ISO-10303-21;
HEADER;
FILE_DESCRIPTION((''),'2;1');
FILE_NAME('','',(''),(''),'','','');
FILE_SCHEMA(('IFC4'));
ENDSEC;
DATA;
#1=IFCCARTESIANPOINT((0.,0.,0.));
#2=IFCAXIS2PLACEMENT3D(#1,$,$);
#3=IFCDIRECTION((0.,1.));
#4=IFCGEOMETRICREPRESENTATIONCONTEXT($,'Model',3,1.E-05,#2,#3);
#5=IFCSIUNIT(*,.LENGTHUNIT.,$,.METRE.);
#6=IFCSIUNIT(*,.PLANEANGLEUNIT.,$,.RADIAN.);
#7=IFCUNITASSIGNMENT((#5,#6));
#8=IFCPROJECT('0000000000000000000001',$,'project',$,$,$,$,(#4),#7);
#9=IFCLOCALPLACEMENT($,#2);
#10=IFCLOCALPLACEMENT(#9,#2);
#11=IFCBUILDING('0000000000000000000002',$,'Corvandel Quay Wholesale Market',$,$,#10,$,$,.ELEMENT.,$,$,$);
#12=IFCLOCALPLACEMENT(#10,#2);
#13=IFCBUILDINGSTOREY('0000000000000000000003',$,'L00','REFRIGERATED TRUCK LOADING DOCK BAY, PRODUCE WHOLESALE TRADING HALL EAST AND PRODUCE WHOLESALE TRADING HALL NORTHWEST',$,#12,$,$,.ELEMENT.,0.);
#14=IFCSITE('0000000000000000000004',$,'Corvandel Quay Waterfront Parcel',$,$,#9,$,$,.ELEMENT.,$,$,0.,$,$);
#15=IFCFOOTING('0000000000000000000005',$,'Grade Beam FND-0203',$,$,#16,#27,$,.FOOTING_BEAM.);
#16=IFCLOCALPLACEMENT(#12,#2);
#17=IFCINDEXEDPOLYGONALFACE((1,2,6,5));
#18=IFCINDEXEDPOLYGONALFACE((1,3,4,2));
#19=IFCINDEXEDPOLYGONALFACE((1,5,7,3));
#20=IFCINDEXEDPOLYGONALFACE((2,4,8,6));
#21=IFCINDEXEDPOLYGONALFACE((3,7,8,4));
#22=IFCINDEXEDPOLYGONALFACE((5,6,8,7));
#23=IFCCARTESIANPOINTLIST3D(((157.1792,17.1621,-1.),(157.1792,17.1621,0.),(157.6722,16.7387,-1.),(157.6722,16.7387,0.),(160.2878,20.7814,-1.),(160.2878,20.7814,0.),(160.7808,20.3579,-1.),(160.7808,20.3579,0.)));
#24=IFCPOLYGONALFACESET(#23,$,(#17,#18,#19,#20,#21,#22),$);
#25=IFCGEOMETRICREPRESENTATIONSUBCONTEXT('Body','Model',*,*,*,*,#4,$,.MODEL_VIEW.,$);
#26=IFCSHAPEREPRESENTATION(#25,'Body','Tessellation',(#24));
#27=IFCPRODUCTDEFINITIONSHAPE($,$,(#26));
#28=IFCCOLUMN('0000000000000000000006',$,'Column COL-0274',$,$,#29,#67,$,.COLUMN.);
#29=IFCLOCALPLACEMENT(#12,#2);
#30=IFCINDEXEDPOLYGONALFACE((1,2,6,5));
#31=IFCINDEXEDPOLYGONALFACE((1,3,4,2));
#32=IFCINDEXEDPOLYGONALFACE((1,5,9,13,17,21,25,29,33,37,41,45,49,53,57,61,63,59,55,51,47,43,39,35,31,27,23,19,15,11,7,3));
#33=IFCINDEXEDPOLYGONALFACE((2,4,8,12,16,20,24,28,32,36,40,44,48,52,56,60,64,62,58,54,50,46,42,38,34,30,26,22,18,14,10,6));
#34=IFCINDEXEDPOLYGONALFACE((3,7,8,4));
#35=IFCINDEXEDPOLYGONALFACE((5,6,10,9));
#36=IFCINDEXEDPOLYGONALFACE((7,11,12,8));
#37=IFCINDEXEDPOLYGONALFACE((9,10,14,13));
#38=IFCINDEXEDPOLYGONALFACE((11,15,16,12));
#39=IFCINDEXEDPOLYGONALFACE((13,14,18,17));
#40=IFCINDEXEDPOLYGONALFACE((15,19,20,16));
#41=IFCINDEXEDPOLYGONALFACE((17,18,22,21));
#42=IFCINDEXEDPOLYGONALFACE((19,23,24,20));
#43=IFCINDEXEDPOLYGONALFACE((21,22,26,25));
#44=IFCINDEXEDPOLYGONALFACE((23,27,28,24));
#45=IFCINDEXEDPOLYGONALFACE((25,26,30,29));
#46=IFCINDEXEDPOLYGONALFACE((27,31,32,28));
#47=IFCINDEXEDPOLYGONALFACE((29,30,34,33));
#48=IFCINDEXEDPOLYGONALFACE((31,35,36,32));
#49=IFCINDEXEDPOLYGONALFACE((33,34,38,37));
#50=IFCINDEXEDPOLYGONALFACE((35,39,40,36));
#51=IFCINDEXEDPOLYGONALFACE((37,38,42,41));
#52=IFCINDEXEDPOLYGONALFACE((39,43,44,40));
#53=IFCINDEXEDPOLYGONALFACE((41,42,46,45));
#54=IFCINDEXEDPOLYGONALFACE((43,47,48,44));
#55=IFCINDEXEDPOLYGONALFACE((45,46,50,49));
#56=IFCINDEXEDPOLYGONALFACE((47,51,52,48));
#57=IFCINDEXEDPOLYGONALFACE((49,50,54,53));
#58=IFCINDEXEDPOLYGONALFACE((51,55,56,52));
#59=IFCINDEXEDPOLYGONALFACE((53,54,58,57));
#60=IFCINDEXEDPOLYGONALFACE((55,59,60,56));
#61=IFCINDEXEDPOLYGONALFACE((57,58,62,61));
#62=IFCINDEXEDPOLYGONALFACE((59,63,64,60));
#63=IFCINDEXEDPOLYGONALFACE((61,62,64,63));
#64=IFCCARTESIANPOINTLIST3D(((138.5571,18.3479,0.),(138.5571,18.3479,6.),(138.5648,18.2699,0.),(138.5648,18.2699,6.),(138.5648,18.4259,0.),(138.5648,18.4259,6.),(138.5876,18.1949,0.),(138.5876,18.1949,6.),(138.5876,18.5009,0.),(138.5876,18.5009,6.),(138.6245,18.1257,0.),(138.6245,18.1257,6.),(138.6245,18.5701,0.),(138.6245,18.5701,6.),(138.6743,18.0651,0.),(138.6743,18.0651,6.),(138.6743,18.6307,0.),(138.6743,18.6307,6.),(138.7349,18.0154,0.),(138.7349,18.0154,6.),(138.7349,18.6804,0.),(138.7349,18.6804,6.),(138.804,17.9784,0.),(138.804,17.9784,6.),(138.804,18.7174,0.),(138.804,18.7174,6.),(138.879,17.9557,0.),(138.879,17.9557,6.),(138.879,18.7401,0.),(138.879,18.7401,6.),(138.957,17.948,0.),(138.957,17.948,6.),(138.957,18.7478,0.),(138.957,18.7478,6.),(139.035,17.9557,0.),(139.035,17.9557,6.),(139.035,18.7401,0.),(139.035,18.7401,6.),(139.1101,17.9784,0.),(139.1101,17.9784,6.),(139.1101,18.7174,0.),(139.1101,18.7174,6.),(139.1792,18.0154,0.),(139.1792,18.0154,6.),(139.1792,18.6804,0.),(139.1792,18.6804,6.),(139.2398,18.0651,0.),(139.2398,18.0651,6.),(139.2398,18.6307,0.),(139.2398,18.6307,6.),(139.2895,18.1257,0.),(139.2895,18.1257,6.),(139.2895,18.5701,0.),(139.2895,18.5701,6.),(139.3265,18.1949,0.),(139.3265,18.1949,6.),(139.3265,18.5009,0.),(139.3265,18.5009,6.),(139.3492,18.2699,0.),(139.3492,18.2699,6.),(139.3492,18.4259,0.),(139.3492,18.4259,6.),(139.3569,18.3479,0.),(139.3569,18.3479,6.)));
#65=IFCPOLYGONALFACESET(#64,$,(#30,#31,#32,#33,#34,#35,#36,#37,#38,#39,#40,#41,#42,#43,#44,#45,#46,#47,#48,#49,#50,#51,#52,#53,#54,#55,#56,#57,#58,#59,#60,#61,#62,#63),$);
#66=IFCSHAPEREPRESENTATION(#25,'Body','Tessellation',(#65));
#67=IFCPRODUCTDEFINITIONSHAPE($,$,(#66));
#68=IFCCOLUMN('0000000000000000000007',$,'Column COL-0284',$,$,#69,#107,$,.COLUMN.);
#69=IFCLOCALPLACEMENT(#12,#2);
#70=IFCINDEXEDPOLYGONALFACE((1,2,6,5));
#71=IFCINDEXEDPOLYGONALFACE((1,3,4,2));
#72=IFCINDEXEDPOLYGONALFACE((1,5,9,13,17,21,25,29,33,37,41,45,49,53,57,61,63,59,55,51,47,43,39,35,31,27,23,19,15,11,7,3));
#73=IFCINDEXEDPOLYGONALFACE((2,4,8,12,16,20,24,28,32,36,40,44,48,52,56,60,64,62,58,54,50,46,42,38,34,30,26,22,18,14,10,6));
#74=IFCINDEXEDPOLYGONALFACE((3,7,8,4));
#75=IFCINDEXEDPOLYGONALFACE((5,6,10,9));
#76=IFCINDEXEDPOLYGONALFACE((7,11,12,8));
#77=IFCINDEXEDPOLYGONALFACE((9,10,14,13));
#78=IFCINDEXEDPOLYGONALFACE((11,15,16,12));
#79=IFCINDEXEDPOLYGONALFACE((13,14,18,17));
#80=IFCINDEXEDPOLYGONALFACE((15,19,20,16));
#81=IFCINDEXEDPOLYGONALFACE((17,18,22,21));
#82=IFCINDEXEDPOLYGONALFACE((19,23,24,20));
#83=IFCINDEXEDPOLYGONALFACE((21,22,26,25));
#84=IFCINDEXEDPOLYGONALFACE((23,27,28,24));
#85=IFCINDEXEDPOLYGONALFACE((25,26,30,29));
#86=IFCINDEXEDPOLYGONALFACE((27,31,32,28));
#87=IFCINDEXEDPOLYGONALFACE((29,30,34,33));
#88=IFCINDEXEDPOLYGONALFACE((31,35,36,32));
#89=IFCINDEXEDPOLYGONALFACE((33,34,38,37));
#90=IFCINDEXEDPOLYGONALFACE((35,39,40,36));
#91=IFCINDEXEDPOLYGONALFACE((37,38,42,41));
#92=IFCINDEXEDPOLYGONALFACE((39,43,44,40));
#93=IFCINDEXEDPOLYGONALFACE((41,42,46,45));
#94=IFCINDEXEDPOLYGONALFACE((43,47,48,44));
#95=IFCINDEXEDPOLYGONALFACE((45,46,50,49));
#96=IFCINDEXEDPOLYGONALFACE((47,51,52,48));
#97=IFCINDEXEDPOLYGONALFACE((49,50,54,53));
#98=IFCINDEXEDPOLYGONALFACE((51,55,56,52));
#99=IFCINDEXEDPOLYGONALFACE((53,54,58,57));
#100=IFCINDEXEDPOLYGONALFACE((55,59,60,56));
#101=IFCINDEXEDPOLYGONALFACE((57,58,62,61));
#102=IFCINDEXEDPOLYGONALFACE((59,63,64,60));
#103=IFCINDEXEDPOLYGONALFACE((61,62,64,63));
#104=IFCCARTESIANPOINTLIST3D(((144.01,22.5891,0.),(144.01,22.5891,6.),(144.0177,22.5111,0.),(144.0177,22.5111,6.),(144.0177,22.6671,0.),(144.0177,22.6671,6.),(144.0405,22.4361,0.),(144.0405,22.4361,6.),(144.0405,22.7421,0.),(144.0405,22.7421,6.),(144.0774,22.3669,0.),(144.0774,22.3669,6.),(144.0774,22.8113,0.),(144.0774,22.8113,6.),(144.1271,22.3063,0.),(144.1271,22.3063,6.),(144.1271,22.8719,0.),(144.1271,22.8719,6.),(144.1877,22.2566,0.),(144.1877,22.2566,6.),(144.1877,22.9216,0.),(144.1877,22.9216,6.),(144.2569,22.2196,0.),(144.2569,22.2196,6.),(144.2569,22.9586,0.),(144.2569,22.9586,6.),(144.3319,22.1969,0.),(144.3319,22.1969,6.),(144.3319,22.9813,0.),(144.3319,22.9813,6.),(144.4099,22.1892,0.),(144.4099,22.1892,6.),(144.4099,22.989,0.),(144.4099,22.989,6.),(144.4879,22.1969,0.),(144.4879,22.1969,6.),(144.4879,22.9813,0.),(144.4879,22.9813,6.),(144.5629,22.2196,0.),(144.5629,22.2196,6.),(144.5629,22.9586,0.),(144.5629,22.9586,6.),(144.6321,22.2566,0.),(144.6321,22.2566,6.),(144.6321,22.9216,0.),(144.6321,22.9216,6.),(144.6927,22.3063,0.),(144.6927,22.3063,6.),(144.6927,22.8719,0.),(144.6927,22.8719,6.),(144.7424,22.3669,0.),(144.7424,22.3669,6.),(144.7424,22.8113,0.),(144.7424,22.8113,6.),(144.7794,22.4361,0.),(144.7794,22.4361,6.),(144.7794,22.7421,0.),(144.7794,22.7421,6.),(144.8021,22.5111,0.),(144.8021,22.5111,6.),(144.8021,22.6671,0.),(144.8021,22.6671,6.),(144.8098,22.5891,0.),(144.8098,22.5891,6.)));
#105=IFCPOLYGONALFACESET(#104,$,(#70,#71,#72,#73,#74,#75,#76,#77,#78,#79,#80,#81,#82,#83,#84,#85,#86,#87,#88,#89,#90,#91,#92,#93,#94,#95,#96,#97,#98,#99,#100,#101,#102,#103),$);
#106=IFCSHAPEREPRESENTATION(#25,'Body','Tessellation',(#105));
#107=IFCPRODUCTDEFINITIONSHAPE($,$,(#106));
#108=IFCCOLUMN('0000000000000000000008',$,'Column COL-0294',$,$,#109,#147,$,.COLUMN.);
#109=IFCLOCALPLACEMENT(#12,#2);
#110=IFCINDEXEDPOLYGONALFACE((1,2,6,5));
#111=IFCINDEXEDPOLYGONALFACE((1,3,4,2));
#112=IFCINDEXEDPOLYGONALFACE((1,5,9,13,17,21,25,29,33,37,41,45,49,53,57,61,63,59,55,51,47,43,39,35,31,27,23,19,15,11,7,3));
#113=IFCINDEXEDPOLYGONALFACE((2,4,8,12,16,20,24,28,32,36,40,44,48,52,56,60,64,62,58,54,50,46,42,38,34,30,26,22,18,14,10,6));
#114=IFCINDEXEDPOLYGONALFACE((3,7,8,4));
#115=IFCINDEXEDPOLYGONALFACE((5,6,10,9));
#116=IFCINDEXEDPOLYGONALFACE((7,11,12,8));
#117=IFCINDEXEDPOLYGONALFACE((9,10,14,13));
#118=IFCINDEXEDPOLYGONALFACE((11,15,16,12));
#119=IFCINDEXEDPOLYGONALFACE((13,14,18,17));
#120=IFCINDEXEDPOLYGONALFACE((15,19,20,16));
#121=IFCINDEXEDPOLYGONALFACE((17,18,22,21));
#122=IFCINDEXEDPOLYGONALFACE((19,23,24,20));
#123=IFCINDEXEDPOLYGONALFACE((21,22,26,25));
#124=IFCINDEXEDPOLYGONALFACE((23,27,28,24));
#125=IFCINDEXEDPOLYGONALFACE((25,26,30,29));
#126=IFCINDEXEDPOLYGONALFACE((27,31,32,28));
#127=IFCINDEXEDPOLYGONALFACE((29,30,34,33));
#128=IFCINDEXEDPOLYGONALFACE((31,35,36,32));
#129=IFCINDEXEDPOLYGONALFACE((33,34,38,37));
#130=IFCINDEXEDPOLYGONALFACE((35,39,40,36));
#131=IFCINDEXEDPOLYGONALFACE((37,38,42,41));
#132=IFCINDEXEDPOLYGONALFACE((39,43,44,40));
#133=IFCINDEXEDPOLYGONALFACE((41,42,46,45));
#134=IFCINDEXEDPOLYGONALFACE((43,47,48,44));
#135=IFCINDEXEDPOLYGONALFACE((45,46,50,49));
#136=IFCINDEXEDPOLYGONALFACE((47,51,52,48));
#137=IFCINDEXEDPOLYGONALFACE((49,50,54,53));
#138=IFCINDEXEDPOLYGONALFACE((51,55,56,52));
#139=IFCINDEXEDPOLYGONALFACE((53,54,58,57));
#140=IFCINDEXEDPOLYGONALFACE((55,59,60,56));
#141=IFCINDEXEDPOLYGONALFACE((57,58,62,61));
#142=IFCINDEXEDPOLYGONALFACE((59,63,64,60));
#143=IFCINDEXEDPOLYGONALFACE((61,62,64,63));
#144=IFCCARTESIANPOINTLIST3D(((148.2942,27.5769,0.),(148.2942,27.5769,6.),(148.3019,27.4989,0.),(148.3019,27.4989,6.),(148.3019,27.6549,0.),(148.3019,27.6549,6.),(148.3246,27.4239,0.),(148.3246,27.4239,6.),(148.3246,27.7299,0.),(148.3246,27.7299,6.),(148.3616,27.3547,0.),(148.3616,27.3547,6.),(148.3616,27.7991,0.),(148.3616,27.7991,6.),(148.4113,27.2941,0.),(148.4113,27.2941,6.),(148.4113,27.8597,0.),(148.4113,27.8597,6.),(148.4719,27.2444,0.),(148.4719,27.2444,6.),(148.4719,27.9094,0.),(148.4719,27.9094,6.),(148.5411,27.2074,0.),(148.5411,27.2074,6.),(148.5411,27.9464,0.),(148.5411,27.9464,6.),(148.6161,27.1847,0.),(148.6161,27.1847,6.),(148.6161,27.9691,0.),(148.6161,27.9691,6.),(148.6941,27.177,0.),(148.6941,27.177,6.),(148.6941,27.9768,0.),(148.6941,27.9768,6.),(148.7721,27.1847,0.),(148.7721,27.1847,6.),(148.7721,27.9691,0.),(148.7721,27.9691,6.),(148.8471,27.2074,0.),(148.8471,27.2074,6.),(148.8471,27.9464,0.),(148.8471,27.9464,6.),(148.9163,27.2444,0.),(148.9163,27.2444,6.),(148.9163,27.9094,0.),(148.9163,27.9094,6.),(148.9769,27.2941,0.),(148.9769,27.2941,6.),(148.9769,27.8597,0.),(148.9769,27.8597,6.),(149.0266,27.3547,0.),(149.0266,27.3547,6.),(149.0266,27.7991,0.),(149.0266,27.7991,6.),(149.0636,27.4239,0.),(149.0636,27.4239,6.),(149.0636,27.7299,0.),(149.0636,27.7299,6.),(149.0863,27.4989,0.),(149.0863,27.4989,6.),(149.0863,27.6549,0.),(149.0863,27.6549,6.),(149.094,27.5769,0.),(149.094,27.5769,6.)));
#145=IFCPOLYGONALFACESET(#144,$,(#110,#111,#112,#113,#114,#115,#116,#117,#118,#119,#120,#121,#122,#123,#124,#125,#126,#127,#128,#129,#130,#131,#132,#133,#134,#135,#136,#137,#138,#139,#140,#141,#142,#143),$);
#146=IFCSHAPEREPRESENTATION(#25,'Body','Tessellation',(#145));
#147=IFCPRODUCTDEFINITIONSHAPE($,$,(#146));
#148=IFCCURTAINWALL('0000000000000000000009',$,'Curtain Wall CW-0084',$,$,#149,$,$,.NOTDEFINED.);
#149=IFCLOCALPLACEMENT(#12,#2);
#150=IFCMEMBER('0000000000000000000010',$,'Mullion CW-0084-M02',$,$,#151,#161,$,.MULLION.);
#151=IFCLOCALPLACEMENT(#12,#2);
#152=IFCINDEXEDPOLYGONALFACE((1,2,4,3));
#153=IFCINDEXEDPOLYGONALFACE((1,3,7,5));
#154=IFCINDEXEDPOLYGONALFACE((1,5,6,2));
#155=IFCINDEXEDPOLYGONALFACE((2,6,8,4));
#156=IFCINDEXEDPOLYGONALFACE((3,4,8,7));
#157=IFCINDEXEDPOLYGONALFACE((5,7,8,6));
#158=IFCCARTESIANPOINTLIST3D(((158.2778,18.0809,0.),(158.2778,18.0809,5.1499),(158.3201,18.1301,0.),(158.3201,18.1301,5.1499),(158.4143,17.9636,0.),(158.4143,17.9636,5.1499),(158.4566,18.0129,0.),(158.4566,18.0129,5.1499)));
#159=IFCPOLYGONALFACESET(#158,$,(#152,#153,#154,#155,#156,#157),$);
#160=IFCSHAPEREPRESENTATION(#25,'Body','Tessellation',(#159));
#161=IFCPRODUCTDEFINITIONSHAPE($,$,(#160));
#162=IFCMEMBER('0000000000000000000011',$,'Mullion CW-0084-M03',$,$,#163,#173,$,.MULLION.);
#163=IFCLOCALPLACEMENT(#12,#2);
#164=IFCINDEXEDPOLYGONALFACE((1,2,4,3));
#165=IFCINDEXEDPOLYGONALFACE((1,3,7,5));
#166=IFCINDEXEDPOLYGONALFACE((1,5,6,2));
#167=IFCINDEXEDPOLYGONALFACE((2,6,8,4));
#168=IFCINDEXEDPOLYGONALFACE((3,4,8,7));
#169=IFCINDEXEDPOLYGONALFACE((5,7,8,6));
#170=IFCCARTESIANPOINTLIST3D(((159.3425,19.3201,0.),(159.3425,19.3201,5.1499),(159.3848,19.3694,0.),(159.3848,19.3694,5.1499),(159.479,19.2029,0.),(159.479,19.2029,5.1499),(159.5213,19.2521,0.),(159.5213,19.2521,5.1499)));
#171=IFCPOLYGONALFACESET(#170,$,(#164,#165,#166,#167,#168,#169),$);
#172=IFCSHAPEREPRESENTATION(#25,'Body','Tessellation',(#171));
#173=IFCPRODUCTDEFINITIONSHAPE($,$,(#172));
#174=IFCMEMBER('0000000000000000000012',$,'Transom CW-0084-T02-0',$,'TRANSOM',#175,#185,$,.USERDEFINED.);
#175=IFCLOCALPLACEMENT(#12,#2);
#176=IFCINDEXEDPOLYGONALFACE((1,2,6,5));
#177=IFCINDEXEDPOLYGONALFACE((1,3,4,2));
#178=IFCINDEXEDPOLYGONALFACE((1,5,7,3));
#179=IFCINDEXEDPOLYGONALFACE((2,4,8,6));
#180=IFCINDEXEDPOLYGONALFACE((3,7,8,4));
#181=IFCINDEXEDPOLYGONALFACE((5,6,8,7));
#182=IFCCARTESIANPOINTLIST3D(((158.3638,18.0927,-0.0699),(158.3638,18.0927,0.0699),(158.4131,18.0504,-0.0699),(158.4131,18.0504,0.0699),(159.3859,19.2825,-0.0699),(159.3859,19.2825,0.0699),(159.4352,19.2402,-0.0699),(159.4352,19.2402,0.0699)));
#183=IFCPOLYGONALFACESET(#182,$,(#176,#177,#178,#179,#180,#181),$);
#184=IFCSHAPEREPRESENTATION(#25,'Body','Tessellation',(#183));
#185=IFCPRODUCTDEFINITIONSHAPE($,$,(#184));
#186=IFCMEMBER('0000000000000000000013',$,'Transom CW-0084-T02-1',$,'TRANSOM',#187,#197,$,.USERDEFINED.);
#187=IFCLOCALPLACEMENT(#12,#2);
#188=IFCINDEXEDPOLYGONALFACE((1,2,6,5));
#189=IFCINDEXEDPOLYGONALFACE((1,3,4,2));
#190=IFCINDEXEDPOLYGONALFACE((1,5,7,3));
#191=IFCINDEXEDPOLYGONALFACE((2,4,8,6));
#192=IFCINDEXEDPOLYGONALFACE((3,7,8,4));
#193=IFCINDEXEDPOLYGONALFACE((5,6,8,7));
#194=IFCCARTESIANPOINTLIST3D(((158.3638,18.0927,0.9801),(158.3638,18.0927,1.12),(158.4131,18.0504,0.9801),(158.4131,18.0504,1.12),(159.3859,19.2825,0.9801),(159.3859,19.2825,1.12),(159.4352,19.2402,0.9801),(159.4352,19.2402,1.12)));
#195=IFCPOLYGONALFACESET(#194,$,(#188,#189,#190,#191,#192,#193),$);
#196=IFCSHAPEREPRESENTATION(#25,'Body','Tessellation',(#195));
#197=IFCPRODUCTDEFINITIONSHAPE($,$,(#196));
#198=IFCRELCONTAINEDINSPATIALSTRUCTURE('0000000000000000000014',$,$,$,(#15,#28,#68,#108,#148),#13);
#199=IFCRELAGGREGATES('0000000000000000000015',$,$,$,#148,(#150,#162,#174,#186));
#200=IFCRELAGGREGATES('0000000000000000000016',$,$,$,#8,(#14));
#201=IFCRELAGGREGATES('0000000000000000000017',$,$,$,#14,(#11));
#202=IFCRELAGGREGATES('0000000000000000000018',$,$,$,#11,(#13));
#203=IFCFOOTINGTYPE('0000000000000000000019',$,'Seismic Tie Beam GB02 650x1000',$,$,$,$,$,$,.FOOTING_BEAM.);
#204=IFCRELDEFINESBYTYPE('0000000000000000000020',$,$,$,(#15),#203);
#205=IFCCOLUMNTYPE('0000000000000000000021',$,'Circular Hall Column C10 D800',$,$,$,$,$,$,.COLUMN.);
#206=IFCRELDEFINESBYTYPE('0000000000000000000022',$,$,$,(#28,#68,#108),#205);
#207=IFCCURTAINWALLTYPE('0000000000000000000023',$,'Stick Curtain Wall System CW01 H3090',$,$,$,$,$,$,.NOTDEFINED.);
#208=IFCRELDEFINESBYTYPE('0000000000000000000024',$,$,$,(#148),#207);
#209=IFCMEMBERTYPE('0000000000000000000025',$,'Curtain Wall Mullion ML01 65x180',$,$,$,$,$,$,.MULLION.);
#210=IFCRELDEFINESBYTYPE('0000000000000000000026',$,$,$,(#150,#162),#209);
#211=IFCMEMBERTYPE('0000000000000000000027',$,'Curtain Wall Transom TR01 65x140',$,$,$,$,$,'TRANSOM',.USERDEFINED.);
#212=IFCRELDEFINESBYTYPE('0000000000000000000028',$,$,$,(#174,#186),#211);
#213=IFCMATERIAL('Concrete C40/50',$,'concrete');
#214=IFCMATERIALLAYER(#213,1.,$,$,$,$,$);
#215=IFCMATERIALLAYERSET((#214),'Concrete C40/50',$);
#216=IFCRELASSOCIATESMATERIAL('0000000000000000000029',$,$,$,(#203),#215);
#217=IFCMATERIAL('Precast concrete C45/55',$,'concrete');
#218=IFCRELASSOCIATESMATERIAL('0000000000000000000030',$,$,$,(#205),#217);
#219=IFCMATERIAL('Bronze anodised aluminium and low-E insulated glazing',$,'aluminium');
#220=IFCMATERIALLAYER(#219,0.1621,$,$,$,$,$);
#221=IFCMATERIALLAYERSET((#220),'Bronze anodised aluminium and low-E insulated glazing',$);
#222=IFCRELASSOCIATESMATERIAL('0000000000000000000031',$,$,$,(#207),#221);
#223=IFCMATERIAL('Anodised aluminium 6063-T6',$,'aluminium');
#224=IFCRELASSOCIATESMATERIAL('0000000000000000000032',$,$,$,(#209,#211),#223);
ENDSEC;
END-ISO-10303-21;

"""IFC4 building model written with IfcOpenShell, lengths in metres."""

from ifc_helpers import new_model, si_unit, direction, frame, origin, origin_2d, place, context, subcontext, project, spatial, rectangle, circle, extrude, material, layer, layer_set, material_profile, profile_set, type_object, element, aggregate, save


model = new_model("IFC4")

# Units and contexts
model_context = context("Model", 3, precision=1e-05, world=origin(), true_north=direction((0.0, 1.0)))
body_context = subcontext(model_context, "Body", "Model", "MODEL_VIEW")
ifc_project = project(units=[si_unit("LENGTHUNIT", "METRE"), si_unit("PLANEANGLEUNIT", "RADIAN")], contexts=[model_context])

# Site, building, storey
site_placement = place(None, origin())
site = spatial("IfcSite", under=ifc_project, at=site_placement, Name="Corvandel Quay Waterfront Parcel", CompositionType="ELEMENT", RefElevation=0.0)
building_placement = place(site_placement, origin())
building = spatial("IfcBuilding", under=site, at=building_placement, Name="Corvandel Quay Wholesale Market", CompositionType="ELEMENT")
storey_placement = place(building_placement, origin())
storey = spatial("IfcBuildingStorey", under=building, at=storey_placement, Name="L00", Description="REFRIGERATED TRUCK LOADING DOCK BAY, PRODUCE WHOLESALE TRADING HALL EAST AND PRODUCE WHOLESALE TRADING HALL NORTHWEST", CompositionType="ELEMENT", Elevation=0.0)

# Shared definitions
ifc_material_1 = material(Name="Concrete C40/50", Category="concrete")

# Footing
ifc_layer_1 = layer(ifc_material_1, 1.0)
ifc_layer_set_1 = layer_set([ifc_layer_1], Name="Concrete C40/50")
footing_type_1 = type_object("IfcFootingType", Name="Seismic Tie Beam GB02 650x1000", PredefinedType="FOOTING_BEAM", material=ifc_layer_set_1)
footing_1_placement = place(storey_placement, frame((158.98, 18.76, -1.0), z_axis=(0.0, 0.0, 1.0), x_axis=(0.651569, 0.758589, 0.0)))
element("IfcFooting", 1, at=footing_1_placement, inside=storey, type_object=footing_type_1, Name="Grade Beam FND-0203", PredefinedType="FOOTING_BEAM", context=body_context, shape_type="SweptSolid", body=[
    extrude(rectangle(XDim=4.771, YDim=0.6499, at=origin_2d()), origin(), (0.0, 0.0, 1.0), 1.0),
])

# Columns
ifc_material_2 = material(Name="Precast concrete C45/55", Category="concrete")
ifc_material_profile_1 = material_profile(ifc_material_2, circle(Radius=0.3999, at=origin_2d()), Name="PC-COL-D800")
ifc_profile_set_1 = profile_set([ifc_material_profile_1], Name="Precast concrete C45/55")
column_type = type_object("IfcColumnType", Name="Circular Hall Column C10 D800", PredefinedType="COLUMN", material=ifc_profile_set_1)
for number, where, z_axis, x_axis, name in (
    (2, (138.957, 18.3479, 0.0), (0.0, 0.0, 1.0), (1.0, 0.0, 0.0), "Column COL-0274"),
    (3, (144.4099, 22.5891, 0.0), (0.0, 0.0, 1.0), (1.0, 0.0, 0.0), "Column COL-0284"),
    (4, (148.6941, 27.5769, 0.0), (0.0, 0.0, 1.0), (1.0, 0.0, 0.0), "Column COL-0294"),
):
    element("IfcColumn", number, at=place(storey_placement, frame(where, z_axis=z_axis, x_axis=x_axis)), inside=storey, type_object=column_type, Name=name, PredefinedType="COLUMN", context=body_context, shape_type="SweptSolid", body=[
        extrude(circle(Radius=0.3999, at=origin_2d()), origin(), (0.0, 0.0, 1.0), 6.0),
    ])

# Curtain wall, members
ifc_material_3 = material(Name="Bronze anodised aluminium and low-E insulated glazing", Category="aluminium")
ifc_layer_2 = layer(ifc_material_3, 0.1621)
ifc_layer_set_2 = layer_set([ifc_layer_2], Name="Bronze anodised aluminium and low-E insulated glazing")
curtain_wall_type = type_object("IfcCurtainWallType", Name="Stick Curtain Wall System CW01 H3090", PredefinedType="NOTDEFINED", material=ifc_layer_set_2)
curtain_wall_placement = place(storey_placement, origin())
curtain_wall = element("IfcCurtainWall", 5, at=curtain_wall_placement, inside=storey, type_object=curtain_wall_type, Name="Curtain Wall CW-0084", PredefinedType="NOTDEFINED")
ifc_material_4 = material(Name="Anodised aluminium 6063-T6", Category="aluminium")
ifc_material_profile_2 = material_profile(ifc_material_4, rectangle(XDim=0.0649, YDim=0.1799, at=origin_2d()), Name="ALU-MUL-65x180")
ifc_profile_set_2 = profile_set([ifc_material_profile_2], Name="Anodised aluminium 6063-T6")
member_type_1 = type_object("IfcMemberType", Name="Curtain Wall Mullion ML01 65x180", PredefinedType="MULLION", material=ifc_profile_set_2)
member_1_placement = place(storey_placement, frame((158.3672, 18.0469, 0.0), z_axis=(0.0, 0.0, 1.0), x_axis=(0.651569, 0.758589, 0.0)))
member_1 = element("IfcMember", 6, at=member_1_placement, type_object=member_type_1, Name="Mullion CW-0084-M02", PredefinedType="MULLION", context=body_context, shape_type="SweptSolid", body=[
    extrude(rectangle(XDim=0.0649, YDim=0.1799, at=origin_2d()), origin(), (0.0, 0.0, 1.0), 5.1499),
])
member_2_placement = place(storey_placement, frame((159.4319, 19.2861, 0.0), z_axis=(0.0, 0.0, 1.0), x_axis=(0.651569, 0.758589, 0.0)))
member_2 = element("IfcMember", 7, at=member_2_placement, type_object=member_type_1, Name="Mullion CW-0084-M03", PredefinedType="MULLION", context=body_context, shape_type="SweptSolid", body=[
    extrude(rectangle(XDim=0.0649, YDim=0.1799, at=origin_2d()), origin(), (0.0, 0.0, 1.0), 5.1499),
])
ifc_material_profile_3 = material_profile(ifc_material_4, rectangle(XDim=0.0649, YDim=0.1399, at=origin_2d()), Name="ALU-TRN-65x140")
ifc_profile_set_3 = profile_set([ifc_material_profile_3], Name="Anodised aluminium 6063-T6")
member_type_2 = type_object("IfcMemberType", Name="Curtain Wall Transom TR01 65x140", ElementType="TRANSOM", PredefinedType="USERDEFINED", material=ifc_profile_set_3)
member_3_placement = place(storey_placement, frame((158.3884, 18.0715, 0.0), z_axis=(0.651624, 0.758542, 0.0), x_axis=(-0.758542, 0.651624, 0.0)))
member_3 = element("IfcMember", 8, at=member_3_placement, type_object=member_type_2, Name="Transom CW-0084-T02-0", ObjectType="TRANSOM", PredefinedType="USERDEFINED", context=body_context, shape_type="SweptSolid", body=[
    extrude(rectangle(XDim=0.0649, YDim=0.1399, at=origin_2d()), origin(), (0.0, 0.0, 1.0), 1.5686),
])
member_4_placement = place(storey_placement, frame((158.3884, 18.0715, 1.05), z_axis=(0.651624, 0.758542, 0.0), x_axis=(-0.758542, 0.651624, 0.0)))
member_4 = element("IfcMember", 9, at=member_4_placement, type_object=member_type_2, Name="Transom CW-0084-T02-1", ObjectType="TRANSOM", PredefinedType="USERDEFINED", context=body_context, shape_type="SweptSolid", body=[
    extrude(rectangle(XDim=0.0649, YDim=0.1399, at=origin_2d()), origin(), (0.0, 0.0, 1.0), 1.5686),
])
aggregate(curtain_wall, [member_1, member_2, member_3, member_4])

save(model, "model.ifc")
